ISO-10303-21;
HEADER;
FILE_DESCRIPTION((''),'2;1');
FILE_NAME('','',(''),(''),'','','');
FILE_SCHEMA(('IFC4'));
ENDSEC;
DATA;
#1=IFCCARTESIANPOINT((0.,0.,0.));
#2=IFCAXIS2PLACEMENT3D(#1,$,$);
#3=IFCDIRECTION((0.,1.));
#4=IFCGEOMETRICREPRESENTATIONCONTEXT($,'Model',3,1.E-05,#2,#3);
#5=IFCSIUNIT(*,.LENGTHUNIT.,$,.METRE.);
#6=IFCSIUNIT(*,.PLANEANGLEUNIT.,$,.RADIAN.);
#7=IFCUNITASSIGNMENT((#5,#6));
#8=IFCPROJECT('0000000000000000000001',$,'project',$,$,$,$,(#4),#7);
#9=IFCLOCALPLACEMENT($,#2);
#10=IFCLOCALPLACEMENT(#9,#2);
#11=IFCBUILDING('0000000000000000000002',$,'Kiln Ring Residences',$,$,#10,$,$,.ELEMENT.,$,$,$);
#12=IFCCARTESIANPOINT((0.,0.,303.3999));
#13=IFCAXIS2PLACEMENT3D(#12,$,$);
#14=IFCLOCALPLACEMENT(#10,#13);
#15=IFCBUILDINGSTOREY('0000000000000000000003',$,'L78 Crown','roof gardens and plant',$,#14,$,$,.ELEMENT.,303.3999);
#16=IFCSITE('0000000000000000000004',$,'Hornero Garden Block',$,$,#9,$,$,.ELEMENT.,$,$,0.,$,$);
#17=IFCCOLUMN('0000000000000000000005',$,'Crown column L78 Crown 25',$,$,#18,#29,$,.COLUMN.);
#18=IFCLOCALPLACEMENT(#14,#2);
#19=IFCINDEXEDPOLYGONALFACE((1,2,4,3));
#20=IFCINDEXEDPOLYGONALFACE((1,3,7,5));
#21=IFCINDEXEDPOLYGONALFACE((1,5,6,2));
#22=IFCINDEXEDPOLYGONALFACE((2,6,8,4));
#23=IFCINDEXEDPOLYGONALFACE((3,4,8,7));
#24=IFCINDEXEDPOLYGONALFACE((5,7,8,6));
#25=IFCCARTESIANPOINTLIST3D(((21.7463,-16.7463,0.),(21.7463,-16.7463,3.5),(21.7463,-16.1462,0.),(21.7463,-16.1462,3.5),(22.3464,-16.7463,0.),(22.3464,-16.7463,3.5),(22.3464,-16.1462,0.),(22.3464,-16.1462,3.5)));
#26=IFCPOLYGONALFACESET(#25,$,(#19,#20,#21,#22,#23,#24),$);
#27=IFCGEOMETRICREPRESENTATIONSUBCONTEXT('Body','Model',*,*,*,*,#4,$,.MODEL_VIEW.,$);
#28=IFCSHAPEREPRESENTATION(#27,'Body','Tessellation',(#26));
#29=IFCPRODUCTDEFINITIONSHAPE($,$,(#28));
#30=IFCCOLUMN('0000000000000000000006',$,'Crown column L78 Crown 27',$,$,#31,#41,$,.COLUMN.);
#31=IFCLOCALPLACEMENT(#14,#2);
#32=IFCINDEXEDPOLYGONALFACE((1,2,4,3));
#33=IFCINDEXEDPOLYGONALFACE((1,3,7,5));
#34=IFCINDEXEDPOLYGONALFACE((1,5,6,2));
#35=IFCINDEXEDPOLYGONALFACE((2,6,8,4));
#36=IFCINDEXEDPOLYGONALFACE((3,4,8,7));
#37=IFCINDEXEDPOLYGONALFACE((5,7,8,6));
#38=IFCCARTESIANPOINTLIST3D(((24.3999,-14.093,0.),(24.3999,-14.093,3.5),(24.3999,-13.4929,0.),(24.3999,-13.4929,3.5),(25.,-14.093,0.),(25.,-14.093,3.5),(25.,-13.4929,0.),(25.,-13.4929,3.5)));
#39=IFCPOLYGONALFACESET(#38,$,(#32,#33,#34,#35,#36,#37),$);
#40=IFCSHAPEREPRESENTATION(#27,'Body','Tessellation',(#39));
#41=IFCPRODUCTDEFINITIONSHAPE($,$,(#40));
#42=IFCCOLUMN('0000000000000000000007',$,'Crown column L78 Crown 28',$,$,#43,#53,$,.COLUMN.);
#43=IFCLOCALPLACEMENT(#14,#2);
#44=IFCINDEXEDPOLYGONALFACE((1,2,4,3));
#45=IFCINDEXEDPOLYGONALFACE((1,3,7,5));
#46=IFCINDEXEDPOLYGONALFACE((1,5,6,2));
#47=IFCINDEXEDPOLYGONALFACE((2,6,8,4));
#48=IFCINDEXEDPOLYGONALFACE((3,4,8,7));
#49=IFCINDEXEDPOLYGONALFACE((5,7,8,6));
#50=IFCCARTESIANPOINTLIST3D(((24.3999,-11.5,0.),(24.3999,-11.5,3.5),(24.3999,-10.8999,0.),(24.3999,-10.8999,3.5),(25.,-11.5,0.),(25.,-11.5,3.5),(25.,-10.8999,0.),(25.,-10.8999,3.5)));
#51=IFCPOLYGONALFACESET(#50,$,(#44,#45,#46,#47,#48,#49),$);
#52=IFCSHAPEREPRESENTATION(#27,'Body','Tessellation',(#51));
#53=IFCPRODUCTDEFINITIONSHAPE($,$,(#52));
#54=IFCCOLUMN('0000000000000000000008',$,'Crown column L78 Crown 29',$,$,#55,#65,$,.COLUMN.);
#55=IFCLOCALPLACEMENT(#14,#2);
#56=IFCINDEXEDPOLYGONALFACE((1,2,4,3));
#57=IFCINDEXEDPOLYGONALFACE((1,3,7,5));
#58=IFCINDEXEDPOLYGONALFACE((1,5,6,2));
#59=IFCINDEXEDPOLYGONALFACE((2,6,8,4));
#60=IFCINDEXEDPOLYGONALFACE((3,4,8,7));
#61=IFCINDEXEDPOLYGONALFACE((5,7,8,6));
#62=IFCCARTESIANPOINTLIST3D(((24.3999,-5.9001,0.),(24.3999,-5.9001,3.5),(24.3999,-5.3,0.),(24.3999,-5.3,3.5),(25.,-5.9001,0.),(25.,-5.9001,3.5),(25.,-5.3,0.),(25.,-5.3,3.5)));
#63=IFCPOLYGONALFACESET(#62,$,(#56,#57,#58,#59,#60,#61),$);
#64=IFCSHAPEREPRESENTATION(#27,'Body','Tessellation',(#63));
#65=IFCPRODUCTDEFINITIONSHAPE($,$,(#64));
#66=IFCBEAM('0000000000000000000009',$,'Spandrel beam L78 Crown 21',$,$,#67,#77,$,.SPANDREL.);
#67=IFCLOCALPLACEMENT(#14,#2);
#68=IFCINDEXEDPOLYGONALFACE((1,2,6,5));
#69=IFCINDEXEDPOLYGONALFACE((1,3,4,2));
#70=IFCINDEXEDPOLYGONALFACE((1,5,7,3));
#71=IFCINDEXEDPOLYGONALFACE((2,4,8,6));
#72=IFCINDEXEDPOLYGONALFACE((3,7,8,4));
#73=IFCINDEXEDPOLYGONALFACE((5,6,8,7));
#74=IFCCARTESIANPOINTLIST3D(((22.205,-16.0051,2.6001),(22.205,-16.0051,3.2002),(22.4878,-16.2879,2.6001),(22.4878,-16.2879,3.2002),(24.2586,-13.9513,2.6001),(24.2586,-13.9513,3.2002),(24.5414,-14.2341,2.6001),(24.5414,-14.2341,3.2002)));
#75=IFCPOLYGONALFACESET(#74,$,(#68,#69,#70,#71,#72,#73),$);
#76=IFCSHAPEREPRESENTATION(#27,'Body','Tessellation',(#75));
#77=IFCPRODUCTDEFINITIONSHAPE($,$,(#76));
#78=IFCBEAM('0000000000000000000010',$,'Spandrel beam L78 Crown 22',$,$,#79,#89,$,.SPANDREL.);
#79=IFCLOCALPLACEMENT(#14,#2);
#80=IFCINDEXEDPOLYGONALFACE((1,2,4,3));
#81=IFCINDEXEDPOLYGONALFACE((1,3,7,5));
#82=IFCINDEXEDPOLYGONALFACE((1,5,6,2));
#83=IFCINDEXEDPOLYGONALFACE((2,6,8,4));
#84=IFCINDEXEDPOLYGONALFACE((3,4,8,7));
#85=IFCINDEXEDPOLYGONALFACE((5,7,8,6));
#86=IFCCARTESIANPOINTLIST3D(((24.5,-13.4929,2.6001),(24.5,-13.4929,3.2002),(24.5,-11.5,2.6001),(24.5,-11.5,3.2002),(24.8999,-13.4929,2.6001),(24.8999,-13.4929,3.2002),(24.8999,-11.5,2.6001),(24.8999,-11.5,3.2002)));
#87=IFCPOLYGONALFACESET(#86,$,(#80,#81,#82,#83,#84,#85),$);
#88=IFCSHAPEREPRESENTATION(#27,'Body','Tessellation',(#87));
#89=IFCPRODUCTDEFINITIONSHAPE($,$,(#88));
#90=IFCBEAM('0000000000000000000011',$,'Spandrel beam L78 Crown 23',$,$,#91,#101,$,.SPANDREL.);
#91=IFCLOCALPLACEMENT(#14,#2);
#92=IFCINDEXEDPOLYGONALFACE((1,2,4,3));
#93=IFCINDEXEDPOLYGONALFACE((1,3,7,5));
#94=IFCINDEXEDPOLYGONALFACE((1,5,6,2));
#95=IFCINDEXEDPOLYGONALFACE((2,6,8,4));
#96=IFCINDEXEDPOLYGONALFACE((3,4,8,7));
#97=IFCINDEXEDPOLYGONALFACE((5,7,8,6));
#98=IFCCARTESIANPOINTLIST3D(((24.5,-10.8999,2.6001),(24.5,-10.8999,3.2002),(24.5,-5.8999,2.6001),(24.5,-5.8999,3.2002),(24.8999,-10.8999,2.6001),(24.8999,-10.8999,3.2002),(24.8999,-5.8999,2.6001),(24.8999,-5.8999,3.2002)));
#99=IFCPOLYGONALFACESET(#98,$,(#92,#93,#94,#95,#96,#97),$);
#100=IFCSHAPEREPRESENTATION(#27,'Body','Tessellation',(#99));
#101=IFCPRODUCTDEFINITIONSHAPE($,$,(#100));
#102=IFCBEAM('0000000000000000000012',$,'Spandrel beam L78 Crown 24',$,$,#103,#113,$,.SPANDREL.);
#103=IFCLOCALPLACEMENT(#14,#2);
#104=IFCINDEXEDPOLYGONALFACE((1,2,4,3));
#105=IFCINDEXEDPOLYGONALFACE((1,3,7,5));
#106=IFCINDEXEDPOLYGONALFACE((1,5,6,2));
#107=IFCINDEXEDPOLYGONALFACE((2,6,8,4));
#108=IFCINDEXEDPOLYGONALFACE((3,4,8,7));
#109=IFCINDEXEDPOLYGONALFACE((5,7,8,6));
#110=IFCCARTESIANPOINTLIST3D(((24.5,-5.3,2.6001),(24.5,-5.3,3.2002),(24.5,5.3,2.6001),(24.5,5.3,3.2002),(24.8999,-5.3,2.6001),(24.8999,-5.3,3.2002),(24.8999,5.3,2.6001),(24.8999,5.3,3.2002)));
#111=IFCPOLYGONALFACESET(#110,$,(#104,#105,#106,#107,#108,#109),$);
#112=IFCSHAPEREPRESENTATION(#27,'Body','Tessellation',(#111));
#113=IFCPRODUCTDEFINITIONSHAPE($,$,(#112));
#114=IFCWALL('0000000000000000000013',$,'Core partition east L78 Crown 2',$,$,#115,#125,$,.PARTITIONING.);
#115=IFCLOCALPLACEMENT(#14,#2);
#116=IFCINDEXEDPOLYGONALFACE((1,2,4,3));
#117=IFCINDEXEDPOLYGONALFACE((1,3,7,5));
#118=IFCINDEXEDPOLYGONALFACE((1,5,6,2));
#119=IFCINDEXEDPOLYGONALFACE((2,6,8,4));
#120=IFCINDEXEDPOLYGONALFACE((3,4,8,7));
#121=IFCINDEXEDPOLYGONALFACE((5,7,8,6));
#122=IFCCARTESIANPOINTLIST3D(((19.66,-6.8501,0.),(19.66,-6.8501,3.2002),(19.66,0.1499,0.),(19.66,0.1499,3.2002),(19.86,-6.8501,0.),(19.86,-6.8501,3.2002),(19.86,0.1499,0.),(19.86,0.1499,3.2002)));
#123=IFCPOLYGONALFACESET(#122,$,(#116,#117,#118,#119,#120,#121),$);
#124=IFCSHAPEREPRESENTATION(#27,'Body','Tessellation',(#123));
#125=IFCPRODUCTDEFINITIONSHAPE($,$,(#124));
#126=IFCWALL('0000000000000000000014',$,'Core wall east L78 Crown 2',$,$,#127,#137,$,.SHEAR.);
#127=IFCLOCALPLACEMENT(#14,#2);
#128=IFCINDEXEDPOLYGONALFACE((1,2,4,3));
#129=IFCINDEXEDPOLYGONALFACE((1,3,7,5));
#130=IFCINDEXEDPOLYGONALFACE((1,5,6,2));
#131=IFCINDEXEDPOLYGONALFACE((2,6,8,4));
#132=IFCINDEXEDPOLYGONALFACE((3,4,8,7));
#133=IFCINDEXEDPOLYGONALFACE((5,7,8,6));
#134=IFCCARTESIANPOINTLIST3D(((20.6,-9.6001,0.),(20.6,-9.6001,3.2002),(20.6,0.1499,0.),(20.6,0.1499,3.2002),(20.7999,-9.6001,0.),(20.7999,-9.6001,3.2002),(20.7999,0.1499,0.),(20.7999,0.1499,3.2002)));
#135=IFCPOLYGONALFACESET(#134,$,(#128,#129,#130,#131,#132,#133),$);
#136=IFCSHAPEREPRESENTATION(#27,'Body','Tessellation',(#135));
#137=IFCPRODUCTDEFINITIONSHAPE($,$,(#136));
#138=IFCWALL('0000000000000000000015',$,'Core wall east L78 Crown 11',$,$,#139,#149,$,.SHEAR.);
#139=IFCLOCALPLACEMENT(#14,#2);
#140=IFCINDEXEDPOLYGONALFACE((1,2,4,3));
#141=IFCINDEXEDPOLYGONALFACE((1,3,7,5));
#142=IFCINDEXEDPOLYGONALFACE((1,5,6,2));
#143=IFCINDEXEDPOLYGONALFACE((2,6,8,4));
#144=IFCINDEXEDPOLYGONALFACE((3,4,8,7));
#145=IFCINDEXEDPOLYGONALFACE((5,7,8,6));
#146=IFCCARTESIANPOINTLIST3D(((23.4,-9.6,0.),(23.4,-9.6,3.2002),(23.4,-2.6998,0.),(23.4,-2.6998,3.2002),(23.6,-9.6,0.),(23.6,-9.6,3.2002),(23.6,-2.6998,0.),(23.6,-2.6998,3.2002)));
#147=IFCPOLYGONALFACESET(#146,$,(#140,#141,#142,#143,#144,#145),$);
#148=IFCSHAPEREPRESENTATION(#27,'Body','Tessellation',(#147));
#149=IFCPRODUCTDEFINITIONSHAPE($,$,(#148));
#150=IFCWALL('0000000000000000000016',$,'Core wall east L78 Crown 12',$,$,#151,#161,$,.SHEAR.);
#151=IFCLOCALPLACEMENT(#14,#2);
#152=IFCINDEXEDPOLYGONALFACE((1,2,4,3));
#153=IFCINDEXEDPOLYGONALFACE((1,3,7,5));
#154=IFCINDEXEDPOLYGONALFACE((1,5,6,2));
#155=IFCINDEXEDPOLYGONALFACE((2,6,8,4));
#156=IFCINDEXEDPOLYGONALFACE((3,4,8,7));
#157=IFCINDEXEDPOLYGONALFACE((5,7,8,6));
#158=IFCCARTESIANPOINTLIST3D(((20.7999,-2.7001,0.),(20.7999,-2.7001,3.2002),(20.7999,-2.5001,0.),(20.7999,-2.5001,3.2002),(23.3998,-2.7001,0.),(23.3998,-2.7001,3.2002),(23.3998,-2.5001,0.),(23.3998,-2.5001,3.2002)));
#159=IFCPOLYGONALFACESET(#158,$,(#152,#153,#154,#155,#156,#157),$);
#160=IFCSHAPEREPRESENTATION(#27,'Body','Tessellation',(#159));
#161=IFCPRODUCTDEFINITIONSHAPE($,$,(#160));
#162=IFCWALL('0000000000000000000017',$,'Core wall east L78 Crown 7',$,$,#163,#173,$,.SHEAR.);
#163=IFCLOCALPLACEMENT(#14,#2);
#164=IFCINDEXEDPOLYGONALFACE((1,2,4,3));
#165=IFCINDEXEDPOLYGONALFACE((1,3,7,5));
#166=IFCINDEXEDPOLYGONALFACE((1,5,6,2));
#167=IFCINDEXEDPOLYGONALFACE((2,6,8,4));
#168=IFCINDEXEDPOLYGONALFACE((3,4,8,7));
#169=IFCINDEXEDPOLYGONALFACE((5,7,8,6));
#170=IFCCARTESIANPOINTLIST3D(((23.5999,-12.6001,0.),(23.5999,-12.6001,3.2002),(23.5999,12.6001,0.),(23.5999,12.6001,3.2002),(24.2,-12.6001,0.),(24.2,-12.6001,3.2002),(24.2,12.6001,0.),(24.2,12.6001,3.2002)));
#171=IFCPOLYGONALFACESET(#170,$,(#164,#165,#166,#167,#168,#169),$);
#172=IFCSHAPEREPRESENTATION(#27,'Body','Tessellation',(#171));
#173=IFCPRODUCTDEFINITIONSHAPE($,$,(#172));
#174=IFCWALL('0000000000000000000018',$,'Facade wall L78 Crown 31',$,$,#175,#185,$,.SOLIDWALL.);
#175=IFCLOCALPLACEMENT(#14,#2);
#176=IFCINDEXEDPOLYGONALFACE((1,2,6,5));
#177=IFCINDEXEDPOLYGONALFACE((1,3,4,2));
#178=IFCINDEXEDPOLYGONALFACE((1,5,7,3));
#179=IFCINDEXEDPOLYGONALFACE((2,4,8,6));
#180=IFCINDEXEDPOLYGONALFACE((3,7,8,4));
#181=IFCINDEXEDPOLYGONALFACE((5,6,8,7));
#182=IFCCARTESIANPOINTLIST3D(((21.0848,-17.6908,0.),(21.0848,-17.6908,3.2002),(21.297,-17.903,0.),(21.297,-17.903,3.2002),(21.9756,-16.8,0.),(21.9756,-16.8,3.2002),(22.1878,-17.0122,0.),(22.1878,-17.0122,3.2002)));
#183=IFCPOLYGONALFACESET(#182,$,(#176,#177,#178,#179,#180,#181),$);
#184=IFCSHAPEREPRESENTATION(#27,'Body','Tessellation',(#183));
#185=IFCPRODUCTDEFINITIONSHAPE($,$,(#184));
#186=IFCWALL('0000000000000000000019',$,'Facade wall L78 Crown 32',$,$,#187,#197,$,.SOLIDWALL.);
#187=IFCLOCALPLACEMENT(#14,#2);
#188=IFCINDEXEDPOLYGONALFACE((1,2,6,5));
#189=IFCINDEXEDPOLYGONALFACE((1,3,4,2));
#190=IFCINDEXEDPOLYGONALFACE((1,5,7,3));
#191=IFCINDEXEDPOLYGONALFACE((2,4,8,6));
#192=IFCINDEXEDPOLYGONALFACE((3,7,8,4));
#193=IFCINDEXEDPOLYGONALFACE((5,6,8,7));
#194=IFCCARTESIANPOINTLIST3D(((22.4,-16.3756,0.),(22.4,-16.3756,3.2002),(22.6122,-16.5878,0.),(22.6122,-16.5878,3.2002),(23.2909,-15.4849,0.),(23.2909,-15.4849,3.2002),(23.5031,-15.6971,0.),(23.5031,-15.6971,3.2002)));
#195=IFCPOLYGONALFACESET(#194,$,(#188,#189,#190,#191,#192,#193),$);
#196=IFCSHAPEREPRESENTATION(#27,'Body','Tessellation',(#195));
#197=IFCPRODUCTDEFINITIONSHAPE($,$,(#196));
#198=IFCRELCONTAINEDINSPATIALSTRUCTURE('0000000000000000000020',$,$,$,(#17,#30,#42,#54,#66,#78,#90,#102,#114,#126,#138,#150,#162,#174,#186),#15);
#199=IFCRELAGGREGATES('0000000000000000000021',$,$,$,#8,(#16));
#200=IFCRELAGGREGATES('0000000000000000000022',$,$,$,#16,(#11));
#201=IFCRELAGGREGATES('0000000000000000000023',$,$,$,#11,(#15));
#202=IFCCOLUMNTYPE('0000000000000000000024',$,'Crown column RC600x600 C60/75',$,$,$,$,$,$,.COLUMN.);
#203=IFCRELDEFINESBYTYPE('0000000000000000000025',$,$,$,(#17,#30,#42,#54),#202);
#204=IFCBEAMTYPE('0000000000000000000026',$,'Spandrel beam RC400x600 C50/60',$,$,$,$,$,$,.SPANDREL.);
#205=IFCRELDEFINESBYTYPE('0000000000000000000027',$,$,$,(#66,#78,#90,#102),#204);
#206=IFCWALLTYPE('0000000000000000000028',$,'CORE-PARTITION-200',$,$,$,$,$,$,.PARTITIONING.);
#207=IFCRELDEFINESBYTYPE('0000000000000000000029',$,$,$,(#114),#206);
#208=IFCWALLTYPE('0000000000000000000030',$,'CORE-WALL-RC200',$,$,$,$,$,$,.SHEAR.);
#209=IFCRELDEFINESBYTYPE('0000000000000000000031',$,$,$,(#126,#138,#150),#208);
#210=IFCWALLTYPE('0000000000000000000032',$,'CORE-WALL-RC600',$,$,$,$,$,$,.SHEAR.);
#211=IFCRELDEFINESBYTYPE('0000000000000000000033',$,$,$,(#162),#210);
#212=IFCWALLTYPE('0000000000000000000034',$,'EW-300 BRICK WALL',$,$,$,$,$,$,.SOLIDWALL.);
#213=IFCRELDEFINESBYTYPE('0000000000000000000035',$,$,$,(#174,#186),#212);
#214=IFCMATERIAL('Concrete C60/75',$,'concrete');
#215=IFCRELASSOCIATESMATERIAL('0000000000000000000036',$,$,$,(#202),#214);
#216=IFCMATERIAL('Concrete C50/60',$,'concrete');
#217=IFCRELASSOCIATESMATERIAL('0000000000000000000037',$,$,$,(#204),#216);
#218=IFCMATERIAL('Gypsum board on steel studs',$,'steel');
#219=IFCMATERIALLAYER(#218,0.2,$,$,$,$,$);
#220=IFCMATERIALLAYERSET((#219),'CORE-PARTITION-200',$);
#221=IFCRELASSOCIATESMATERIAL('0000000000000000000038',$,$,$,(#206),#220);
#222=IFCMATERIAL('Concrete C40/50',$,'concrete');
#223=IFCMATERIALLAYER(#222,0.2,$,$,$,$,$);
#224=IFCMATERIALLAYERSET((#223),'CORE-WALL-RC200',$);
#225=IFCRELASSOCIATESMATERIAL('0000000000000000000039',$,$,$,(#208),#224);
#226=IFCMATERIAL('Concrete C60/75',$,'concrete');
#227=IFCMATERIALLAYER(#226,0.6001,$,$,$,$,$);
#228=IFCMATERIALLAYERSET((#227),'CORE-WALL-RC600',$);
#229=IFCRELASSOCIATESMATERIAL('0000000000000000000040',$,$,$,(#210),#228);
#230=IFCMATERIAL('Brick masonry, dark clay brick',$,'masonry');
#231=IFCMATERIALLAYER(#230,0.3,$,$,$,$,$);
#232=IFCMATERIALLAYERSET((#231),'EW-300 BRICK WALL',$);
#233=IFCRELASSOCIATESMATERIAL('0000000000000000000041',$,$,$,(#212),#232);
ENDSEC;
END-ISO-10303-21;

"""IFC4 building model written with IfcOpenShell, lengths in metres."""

from ifc_helpers import new_model, si_unit, direction, frame, frame_2d, origin, origin_2d, place, context, subcontext, project, spatial, rectangle, extrude, material, layer, layer_set, material_profile, profile_set, type_object, element, save


model = new_model("IFC4")

# Units and contexts
model_context = context("Model", 3, precision=1e-05, world=origin(), true_north=direction((0.0, 1.0)))
body_context = subcontext(model_context, "Body", "Model", "MODEL_VIEW")
ifc_project = project(units=[si_unit("LENGTHUNIT", "METRE"), si_unit("PLANEANGLEUNIT", "RADIAN")], contexts=[model_context])

# Site, building, storey
site_placement = place(None, origin())
site = spatial("IfcSite", under=ifc_project, at=site_placement, Name="Hornero Garden Block", CompositionType="ELEMENT", RefElevation=0.0)
building_placement = place(site_placement, origin())
building = spatial("IfcBuilding", under=site, at=building_placement, Name="Kiln Ring Residences", CompositionType="ELEMENT")
storey_placement = place(building_placement, frame((0.0, 0.0, 303.3999)))
storey = spatial("IfcBuildingStorey", under=building, at=storey_placement, Name="L78 Crown", Description="roof gardens and plant", CompositionType="ELEMENT", Elevation=303.3999)

# Columns
ifc_material_1 = material(Name="Concrete C60/75", Category="concrete")
ifc_material_profile_1 = material_profile(ifc_material_1, rectangle(XDim=0.6001, YDim=0.6001, at=origin_2d()), Name="RC600x600")
ifc_profile_set_1 = profile_set([ifc_material_profile_1], Name="Concrete C60/75")
column_type = type_object("IfcColumnType", Name="Crown column RC600x600 C60/75", PredefinedType="COLUMN", material=ifc_profile_set_1)
for number, where, z_axis, x_axis, name in (
    (1, (22.0464, -16.4463, 0.0), (0.0, 0.0, 1.0), (1.0, 0.0, 0.0), "Crown column L78 Crown 25"),
    (2, (24.7, -13.793, 0.0), (0.0, 0.0, 1.0), (1.0, 0.0, 0.0), "Crown column L78 Crown 27"),
    (3, (24.7, -11.2, 0.0), (0.0, 0.0, 1.0), (1.0, 0.0, 0.0), "Crown column L78 Crown 28"),
    (4, (24.7, -5.6001, 0.0), (0.0, 0.0, 1.0), (1.0, 0.0, 0.0), "Crown column L78 Crown 29"),
):
    element("IfcColumn", number, at=place(storey_placement, frame(where, z_axis=z_axis, x_axis=x_axis)), inside=storey, type_object=column_type, Name=name, PredefinedType="COLUMN", context=body_context, shape_type="SweptSolid", body=[
        extrude(rectangle(XDim=0.6001, YDim=0.6001, at=origin_2d()), origin(), (0.0, 0.0, 1.0), 3.5),
    ])

# Beams
ifc_material_2 = material(Name="Concrete C50/60", Category="concrete")
ifc_material_profile_2 = material_profile(ifc_material_2, rectangle(XDim=0.3999, YDim=0.6001, at=origin_2d()), Name="RC400x600")
ifc_profile_set_2 = profile_set([ifc_material_profile_2], Name="Concrete C50/60")
beam_type = type_object("IfcBeamType", Name="Spandrel beam RC400x600 C50/60", PredefinedType="SPANDREL", material=ifc_profile_set_2)
beam_1_placement = place(storey_placement, frame((22.3464, -16.1465, 2.9001), z_axis=(0.707065, 0.707149, 0.0), x_axis=(-0.707149, 0.707065, 0.0)))
element("IfcBeam", 5, at=beam_1_placement, inside=storey, type_object=beam_type, Name="Spandrel beam L78 Crown 21", PredefinedType="SPANDREL", context=body_context, shape_type="SweptSolid", body=[
    extrude(rectangle(XDim=0.3999, YDim=0.6001, at=origin_2d()), origin(), (0.0, 0.0, 1.0), 2.9043),
])
beam_2_placement = place(storey_placement, frame((24.7, -13.4929, 2.9001), z_axis=(0.0, 1.0, 0.0), x_axis=(-1.0, 0.0, 0.0)))
element("IfcBeam", 6, at=beam_2_placement, inside=storey, type_object=beam_type, Name="Spandrel beam L78 Crown 22", PredefinedType="SPANDREL", context=body_context, shape_type="SweptSolid", body=[
    extrude(rectangle(XDim=0.3999, YDim=0.6001, at=origin_2d()), origin(), (0.0, 0.0, 1.0), 1.9929),
])
beam_3_placement = place(storey_placement, frame((24.7, -10.8999, 2.9001), z_axis=(0.0, 1.0, 0.0), x_axis=(-1.0, 0.0, 0.0)))
element("IfcBeam", 7, at=beam_3_placement, inside=storey, type_object=beam_type, Name="Spandrel beam L78 Crown 23", PredefinedType="SPANDREL", context=body_context, shape_type="SweptSolid", body=[
    extrude(rectangle(XDim=0.3999, YDim=0.6001, at=origin_2d()), origin(), (0.0, 0.0, 1.0), 5.0),
])
beam_4_placement = place(storey_placement, frame((24.7, -5.3, 2.9001), z_axis=(0.0, 1.0, 0.0), x_axis=(-1.0, 0.0, 0.0)))
element("IfcBeam", 8, at=beam_4_placement, inside=storey, type_object=beam_type, Name="Spandrel beam L78 Crown 24", PredefinedType="SPANDREL", context=body_context, shape_type="SweptSolid", body=[
    extrude(rectangle(XDim=0.3999, YDim=0.6001, at=origin_2d()), origin(), (0.0, 0.0, 1.0), 10.6001),
])

# Walls
ifc_material_3 = material(Name="Gypsum board on steel studs", Category="steel")
ifc_layer_1 = layer(ifc_material_3, 0.2)
ifc_layer_set_1 = layer_set([ifc_layer_1], Name="CORE-PARTITION-200")
wall_type_1 = type_object("IfcWallType", Name="CORE-PARTITION-200", PredefinedType="PARTITIONING", material=ifc_layer_set_1)
wall_1_placement = place(storey_placement, frame((19.76, -6.8501, 0.0), z_axis=(0.0, 0.0, 1.0), x_axis=(0.0, 1.0, 0.0)))
element("IfcWall", 9, at=wall_1_placement, inside=storey, type_object=wall_type_1, Name="Core partition east L78 Crown 2", PredefinedType="PARTITIONING", context=body_context, shape_type="SweptSolid", body=[
    extrude(rectangle(XDim=7.0, YDim=0.2, at=frame_2d((3.5, 0.0))), origin(), (0.0, 0.0, 1.0), 3.2002),
])
ifc_material_4 = material(Name="Concrete C40/50", Category="concrete")
ifc_layer_2 = layer(ifc_material_4, 0.2)
ifc_layer_set_2 = layer_set([ifc_layer_2], Name="CORE-WALL-RC200")
wall_type_2 = type_object("IfcWallType", Name="CORE-WALL-RC200", PredefinedType="SHEAR", material=ifc_layer_set_2)
wall_2_placement = place(storey_placement, frame((20.7, -9.6001, 0.0), z_axis=(0.0, 0.0, 1.0), x_axis=(0.0, 1.0, 0.0)))
element("IfcWall", 10, at=wall_2_placement, inside=storey, type_object=wall_type_2, Name="Core wall east L78 Crown 2", PredefinedType="SHEAR", context=body_context, shape_type="SweptSolid", body=[
    extrude(rectangle(XDim=9.75, YDim=0.2, at=frame_2d((4.875, 0.0))), origin(), (0.0, 0.0, 1.0), 3.2002),
])
wall_3_placement = place(storey_placement, frame((23.5, -9.6001, 0.0), z_axis=(0.0, 0.0, 1.0), x_axis=(0.0, 1.0, 0.0)))
element("IfcWall", 11, at=wall_3_placement, inside=storey, type_object=wall_type_2, Name="Core wall east L78 Crown 11", PredefinedType="SHEAR", context=body_context, shape_type="SweptSolid", body=[
    extrude(rectangle(XDim=6.9001, YDim=0.2, at=frame_2d((3.4502, 0.0))), origin(), (0.0, 0.0, 1.0), 3.2002),
])
wall_4_placement = place(storey_placement, frame((20.8, -2.6001, 0.0), z_axis=(0.0, 0.0, 1.0), x_axis=(1.0, 0.0, 0.0)))
element("IfcWall", 12, at=wall_4_placement, inside=storey, type_object=wall_type_2, Name="Core wall east L78 Crown 12", PredefinedType="SHEAR", context=body_context, shape_type="SweptSolid", body=[
    extrude(rectangle(XDim=2.5999, YDim=0.2, at=frame_2d((1.2998, 0.0))), origin(), (0.0, 0.0, 1.0), 3.2002),
])
ifc_material_5 = material(Name="Concrete C60/75", Category="concrete")
ifc_layer_3 = layer(ifc_material_5, 0.6001)
ifc_layer_set_3 = layer_set([ifc_layer_3], Name="CORE-WALL-RC600")
wall_type_3 = type_object("IfcWallType", Name="CORE-WALL-RC600", PredefinedType="SHEAR", material=ifc_layer_set_3)
wall_5_placement = place(storey_placement, frame((23.8999, -12.6001, 0.0), z_axis=(0.0, 0.0, 1.0), x_axis=(0.0, 1.0, 0.0)))
element("IfcWall", 13, at=wall_5_placement, inside=storey, type_object=wall_type_3, Name="Core wall east L78 Crown 7", PredefinedType="SHEAR", context=body_context, shape_type="SweptSolid", body=[
    extrude(rectangle(XDim=25.2002, YDim=0.6001, at=frame_2d((12.6001, 0.0))), origin(), (0.0, 0.0, 1.0), 3.2002),
])
ifc_material_6 = material(Name="Brick masonry, dark clay brick", Category="masonry")
ifc_layer_4 = layer(ifc_material_6, 0.3)
ifc_layer_set_4 = layer_set([ifc_layer_4], Name="EW-300 BRICK WALL")
wall_type_4 = type_object("IfcWallType", Name="EW-300 BRICK WALL", PredefinedType="SOLIDWALL", material=ifc_layer_set_4)
for number, where, z_axis, x_axis, name in (
    (14, (21.1909, -17.7969, 0.0), (0.0, 0.0, 1.0), (0.707107, 0.707107, 0.0), "Facade wall L78 Crown 31"),
    (15, (22.5061, -16.4817, 0.0), (0.0, 0.0, 1.0), (0.707204, 0.70701, 0.0), "Facade wall L78 Crown 32"),
):
    element("IfcWall", number, at=place(storey_placement, frame(where, z_axis=z_axis, x_axis=x_axis)), inside=storey, type_object=wall_type_4, Name=name, PredefinedType="SOLIDWALL", context=body_context, shape_type="SweptSolid", body=[
        extrude(rectangle(XDim=1.2598, YDim=0.3, at=frame_2d((0.6299, 0.0))), origin(), (0.0, 0.0, 1.0), 3.2002),
    ])

save(model, "model.ifc")
